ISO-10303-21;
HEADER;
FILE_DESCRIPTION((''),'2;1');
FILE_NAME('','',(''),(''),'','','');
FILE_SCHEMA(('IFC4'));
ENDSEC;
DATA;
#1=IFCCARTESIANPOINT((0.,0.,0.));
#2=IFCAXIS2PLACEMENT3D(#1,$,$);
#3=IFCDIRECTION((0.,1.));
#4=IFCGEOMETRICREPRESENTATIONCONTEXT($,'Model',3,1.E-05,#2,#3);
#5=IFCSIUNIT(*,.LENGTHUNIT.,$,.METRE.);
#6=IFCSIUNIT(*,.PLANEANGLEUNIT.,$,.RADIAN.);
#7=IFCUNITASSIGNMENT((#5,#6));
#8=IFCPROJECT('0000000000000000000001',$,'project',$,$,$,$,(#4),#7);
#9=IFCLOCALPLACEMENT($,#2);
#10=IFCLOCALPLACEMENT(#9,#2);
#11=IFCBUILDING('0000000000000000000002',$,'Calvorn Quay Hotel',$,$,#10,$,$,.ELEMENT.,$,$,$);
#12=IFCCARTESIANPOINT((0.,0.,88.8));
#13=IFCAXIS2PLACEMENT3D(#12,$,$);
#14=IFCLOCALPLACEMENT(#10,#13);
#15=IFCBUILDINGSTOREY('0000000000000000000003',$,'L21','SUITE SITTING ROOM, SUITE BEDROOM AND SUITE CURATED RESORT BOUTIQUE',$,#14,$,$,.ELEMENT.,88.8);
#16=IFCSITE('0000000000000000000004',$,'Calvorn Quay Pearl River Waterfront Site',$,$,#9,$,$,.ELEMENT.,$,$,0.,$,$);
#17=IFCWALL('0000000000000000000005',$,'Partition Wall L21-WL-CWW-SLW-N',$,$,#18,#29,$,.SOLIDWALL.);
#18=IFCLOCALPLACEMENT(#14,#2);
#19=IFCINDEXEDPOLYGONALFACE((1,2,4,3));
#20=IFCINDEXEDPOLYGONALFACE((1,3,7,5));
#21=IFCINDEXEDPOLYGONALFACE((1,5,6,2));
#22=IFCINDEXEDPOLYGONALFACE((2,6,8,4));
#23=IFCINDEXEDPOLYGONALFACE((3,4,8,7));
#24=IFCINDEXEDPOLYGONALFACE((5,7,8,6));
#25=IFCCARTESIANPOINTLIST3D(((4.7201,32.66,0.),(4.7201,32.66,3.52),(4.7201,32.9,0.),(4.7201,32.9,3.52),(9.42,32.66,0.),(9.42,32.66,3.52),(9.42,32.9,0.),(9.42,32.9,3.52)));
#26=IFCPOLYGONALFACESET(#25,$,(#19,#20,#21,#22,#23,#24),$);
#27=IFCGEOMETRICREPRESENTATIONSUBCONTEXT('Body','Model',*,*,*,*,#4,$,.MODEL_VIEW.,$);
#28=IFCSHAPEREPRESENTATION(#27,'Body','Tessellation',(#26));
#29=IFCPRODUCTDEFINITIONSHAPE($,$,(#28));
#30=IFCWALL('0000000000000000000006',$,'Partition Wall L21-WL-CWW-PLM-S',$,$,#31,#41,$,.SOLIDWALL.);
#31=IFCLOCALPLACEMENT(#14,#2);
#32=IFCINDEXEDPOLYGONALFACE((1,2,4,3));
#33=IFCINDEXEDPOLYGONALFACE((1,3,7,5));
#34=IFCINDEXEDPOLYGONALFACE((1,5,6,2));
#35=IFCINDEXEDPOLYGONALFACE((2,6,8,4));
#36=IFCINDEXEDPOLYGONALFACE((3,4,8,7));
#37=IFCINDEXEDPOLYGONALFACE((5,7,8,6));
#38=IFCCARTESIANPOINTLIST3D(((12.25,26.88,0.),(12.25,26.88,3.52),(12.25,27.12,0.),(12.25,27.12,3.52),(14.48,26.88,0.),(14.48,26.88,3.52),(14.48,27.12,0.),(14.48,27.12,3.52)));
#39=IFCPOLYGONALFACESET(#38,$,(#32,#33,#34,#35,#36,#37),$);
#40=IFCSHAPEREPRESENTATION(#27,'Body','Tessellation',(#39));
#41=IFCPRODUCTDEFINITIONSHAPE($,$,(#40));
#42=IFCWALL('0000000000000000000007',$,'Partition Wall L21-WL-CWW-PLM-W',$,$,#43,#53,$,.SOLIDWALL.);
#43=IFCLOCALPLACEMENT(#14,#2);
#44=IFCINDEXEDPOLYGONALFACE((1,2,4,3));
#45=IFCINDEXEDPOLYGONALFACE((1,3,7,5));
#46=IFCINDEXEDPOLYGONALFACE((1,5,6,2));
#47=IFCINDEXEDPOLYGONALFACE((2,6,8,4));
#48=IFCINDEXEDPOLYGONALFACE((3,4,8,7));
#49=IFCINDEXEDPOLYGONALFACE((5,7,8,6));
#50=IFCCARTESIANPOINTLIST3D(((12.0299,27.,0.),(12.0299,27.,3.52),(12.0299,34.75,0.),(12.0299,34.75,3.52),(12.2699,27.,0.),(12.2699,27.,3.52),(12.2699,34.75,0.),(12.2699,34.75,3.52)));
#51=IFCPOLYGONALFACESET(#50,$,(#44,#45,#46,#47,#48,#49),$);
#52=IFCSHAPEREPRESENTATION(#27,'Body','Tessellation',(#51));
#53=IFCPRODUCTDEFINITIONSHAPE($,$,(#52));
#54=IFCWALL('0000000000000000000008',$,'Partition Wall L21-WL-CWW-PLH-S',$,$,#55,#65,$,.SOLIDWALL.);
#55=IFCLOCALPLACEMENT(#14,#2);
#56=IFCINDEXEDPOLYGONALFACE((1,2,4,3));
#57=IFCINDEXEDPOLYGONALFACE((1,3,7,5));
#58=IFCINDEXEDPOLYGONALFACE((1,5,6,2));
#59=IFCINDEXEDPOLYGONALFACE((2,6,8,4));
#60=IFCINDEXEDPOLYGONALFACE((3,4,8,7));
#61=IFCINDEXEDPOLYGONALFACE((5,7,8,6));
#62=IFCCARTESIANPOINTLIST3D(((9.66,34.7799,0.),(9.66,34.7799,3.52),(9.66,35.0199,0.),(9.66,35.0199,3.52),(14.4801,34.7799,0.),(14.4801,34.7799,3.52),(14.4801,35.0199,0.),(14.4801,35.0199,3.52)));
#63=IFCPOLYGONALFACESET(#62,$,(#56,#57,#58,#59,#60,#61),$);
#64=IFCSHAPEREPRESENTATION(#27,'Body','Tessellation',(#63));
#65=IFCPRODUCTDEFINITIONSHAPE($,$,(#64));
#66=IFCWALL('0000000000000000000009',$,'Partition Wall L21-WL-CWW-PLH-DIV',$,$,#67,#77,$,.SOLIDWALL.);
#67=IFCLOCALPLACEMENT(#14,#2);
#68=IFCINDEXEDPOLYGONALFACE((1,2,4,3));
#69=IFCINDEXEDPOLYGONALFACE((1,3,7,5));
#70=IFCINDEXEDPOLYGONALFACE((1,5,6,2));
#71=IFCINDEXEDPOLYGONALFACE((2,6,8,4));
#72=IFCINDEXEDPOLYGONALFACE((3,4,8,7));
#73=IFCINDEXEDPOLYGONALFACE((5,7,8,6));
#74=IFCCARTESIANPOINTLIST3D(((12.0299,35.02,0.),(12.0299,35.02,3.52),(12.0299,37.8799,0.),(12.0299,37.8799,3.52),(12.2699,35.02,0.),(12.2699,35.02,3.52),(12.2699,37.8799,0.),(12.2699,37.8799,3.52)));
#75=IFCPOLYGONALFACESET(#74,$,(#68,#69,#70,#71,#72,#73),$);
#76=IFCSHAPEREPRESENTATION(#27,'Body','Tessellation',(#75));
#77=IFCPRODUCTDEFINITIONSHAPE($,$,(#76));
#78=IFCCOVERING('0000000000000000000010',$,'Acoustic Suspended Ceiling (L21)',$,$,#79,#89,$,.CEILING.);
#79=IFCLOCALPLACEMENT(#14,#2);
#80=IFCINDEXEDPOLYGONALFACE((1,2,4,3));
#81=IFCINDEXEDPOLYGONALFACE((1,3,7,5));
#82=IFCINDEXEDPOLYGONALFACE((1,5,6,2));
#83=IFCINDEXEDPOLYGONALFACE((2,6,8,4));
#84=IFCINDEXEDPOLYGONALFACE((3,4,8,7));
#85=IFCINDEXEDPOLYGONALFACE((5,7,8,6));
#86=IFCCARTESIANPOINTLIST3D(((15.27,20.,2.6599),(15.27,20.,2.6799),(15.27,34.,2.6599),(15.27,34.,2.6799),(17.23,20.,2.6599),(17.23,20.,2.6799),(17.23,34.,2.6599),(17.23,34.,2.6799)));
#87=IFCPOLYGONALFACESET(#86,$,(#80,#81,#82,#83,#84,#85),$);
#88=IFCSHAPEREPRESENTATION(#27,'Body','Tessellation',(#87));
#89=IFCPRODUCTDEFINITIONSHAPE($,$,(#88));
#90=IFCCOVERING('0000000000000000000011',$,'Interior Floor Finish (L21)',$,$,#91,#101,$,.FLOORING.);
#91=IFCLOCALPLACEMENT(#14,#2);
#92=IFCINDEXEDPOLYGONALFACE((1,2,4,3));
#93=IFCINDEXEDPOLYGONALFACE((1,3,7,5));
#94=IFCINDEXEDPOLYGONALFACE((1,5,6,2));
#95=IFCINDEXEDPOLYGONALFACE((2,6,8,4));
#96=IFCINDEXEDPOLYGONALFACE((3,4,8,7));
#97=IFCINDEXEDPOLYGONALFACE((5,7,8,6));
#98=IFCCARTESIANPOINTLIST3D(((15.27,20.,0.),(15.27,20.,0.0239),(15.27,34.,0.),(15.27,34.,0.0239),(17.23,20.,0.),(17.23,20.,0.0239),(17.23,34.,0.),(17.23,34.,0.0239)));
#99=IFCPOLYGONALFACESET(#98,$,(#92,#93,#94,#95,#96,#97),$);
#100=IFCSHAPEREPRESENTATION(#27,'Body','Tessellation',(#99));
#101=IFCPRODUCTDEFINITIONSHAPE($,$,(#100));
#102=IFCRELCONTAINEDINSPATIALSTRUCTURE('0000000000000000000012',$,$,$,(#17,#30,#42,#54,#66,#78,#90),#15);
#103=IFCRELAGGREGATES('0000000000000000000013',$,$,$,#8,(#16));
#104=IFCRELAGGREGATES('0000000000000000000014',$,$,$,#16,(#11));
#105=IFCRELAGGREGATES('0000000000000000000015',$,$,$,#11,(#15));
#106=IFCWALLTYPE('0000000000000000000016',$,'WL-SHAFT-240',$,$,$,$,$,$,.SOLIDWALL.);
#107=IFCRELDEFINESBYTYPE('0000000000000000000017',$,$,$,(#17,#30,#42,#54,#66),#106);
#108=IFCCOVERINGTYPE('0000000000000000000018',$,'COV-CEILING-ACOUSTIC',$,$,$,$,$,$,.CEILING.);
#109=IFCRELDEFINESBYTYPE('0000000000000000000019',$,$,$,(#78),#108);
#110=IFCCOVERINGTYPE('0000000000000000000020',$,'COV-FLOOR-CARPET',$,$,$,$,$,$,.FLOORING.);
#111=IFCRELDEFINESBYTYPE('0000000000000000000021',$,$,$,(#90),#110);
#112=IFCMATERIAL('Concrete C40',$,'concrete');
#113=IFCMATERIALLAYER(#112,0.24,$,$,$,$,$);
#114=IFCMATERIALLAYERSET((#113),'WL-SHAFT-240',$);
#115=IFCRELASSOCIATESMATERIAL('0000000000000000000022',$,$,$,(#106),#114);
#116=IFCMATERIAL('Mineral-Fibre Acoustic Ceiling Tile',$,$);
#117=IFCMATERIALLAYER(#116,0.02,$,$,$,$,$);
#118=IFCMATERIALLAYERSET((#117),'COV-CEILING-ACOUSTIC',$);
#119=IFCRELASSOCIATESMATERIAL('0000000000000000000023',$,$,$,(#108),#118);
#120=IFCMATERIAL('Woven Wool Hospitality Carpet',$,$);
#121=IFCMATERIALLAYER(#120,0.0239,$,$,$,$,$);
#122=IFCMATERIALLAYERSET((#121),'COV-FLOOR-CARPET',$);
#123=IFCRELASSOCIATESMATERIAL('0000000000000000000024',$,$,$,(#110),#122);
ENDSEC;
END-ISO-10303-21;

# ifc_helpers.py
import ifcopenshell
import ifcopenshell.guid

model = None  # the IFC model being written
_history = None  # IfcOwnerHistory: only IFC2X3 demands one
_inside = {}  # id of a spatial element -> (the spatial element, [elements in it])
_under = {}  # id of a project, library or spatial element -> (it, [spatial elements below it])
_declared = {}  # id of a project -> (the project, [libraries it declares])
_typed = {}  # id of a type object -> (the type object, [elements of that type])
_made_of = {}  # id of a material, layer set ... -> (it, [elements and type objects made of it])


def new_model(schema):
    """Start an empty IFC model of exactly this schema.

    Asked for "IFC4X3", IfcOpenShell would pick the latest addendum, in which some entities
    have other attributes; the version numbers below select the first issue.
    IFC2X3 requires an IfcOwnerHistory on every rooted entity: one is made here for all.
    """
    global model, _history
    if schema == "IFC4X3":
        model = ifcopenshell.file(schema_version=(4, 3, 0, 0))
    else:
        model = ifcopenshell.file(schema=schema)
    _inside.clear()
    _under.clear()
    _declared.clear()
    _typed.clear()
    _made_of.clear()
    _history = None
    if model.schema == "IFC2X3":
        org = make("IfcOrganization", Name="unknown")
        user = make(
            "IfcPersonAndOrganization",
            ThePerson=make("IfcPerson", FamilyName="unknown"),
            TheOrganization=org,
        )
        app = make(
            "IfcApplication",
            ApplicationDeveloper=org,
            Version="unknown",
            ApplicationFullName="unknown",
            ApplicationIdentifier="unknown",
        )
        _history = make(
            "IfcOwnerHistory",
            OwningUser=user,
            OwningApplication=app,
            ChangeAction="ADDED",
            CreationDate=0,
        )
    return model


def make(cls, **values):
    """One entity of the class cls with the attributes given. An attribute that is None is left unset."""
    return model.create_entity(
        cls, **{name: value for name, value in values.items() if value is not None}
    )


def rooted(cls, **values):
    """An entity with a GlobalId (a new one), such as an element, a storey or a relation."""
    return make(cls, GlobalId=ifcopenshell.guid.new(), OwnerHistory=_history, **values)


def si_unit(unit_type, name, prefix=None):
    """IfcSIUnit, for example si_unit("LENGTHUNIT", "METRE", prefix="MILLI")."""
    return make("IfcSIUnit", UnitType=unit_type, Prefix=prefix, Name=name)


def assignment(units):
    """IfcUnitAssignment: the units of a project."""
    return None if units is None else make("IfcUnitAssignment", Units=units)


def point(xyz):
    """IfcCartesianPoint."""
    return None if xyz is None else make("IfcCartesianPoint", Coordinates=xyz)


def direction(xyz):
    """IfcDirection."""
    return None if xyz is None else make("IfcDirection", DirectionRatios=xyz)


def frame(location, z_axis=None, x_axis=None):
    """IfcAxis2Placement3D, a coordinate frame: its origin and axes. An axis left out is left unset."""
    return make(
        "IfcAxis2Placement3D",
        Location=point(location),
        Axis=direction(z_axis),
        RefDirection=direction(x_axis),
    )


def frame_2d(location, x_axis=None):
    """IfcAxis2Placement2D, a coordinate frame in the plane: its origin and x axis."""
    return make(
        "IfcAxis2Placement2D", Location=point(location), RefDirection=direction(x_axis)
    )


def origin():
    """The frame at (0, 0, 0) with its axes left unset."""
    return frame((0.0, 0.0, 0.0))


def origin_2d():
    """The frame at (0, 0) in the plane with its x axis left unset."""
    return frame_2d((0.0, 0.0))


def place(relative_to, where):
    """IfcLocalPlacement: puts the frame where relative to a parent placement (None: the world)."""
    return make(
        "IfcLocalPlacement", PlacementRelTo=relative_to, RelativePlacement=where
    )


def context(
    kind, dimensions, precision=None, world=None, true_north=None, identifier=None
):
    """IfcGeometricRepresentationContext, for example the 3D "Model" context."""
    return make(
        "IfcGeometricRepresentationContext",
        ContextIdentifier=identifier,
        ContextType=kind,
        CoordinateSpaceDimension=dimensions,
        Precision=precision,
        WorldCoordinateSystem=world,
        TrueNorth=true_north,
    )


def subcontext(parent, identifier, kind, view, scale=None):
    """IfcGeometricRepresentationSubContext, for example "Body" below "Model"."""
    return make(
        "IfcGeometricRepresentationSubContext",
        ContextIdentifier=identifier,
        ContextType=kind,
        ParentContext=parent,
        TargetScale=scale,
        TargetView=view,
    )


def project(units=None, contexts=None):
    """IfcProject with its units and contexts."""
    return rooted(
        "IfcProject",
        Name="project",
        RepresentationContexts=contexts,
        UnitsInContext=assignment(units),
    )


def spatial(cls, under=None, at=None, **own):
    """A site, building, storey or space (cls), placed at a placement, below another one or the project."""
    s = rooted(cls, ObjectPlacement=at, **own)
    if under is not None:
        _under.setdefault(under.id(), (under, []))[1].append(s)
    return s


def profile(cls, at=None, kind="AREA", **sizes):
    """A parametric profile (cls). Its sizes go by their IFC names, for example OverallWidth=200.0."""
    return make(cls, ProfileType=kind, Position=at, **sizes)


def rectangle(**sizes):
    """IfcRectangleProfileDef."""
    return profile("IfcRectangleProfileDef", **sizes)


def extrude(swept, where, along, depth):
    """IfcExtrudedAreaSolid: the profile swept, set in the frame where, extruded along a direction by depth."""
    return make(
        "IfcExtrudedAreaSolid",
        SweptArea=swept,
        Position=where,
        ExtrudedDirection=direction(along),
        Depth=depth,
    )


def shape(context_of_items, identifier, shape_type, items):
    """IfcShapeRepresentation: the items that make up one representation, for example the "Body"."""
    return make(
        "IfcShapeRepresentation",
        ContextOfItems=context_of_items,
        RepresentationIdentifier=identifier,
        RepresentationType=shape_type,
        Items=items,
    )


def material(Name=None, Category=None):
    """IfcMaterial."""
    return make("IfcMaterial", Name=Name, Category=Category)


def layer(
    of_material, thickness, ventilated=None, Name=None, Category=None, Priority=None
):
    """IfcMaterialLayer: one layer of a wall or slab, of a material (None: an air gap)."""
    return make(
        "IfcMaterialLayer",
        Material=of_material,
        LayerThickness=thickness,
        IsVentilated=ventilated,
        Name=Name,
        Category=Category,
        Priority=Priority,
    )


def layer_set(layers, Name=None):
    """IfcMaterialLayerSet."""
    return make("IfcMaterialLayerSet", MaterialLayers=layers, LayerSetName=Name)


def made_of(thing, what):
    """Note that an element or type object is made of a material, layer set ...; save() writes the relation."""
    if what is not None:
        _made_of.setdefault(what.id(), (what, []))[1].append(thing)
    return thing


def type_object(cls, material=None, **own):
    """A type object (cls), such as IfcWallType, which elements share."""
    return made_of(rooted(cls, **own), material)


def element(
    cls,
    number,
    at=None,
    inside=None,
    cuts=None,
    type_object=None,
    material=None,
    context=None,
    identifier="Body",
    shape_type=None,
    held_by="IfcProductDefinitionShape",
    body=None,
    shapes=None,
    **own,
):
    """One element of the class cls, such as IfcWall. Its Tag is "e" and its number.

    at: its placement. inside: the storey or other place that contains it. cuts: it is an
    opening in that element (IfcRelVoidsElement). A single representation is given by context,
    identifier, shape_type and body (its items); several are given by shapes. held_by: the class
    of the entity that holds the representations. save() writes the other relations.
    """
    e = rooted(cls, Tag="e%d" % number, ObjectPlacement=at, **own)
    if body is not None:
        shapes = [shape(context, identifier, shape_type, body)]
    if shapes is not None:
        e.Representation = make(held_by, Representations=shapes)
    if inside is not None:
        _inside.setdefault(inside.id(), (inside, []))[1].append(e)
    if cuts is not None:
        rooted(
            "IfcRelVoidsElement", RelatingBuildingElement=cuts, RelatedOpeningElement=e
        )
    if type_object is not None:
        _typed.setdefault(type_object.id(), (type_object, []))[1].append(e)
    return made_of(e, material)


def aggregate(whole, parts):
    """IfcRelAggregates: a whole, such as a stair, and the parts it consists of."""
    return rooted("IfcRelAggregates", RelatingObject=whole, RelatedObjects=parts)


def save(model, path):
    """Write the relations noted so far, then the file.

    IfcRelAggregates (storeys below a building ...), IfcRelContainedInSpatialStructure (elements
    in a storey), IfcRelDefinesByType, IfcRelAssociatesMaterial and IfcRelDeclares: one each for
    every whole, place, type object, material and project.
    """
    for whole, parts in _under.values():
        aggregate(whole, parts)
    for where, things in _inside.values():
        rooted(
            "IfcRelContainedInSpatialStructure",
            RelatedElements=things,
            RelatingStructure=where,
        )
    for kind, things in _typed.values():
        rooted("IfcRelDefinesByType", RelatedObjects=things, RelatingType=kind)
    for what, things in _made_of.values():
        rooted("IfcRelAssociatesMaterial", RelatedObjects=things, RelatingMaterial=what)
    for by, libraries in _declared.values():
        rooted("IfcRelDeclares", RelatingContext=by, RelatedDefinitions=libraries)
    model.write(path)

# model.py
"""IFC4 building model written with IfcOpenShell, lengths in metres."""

from ifc_helpers import new_model, si_unit, direction, frame, frame_2d, origin, origin_2d, place, context, subcontext, project, spatial, rectangle, extrude, material, layer, layer_set, type_object, element, save


model = new_model("IFC4")

# Units and contexts
model_context = context("Model", 3, precision=1e-05, world=origin(), true_north=direction((0.0, 1.0)))
body_context = subcontext(model_context, "Body", "Model", "MODEL_VIEW")
ifc_project = project(units=[si_unit("LENGTHUNIT", "METRE"), si_unit("PLANEANGLEUNIT", "RADIAN")], contexts=[model_context])

# Site, building, storey
site_placement = place(None, origin())
site = spatial("IfcSite", under=ifc_project, at=site_placement, Name="Calvorn Quay Pearl River Waterfront Site", CompositionType="ELEMENT", RefElevation=0.0)
building_placement = place(site_placement, origin())
building = spatial("IfcBuilding", under=site, at=building_placement, Name="Calvorn Quay Hotel", CompositionType="ELEMENT")
storey_placement = place(building_placement, frame((0.0, 0.0, 88.8)))
storey = spatial("IfcBuildingStorey", under=building, at=storey_placement, Name="L21", Description="SUITE SITTING ROOM, SUITE BEDROOM AND SUITE CURATED RESORT BOUTIQUE", CompositionType="ELEMENT", Elevation=88.8)

# Shared definitions
ifc_material_1 = material(Name="Concrete C40", Category="concrete")
ifc_layer_1 = layer(ifc_material_1, 0.24)
ifc_layer_set_1 = layer_set([ifc_layer_1], Name="WL-SHAFT-240")
wall_type_1 = type_object("IfcWallType", Name="WL-SHAFT-240", PredefinedType="SOLIDWALL", material=ifc_layer_set_1)

# Walls
wall_1_placement = place(storey_placement, frame((4.72, 32.78, 0.0), z_axis=(0.0, 0.0, 1.0), x_axis=(1.0, 0.0, 0.0)))
element("IfcWall", 1, at=wall_1_placement, inside=storey, type_object=wall_type_1, Name="Partition Wall L21-WL-CWW-SLW-N", PredefinedType="SOLIDWALL", context=body_context, shape_type="SweptSolid", body=[
    extrude(rectangle(XDim=4.7, YDim=0.24, at=frame_2d((2.3501, 0.0))), origin(), (0.0, 0.0, 1.0), 3.52),
])
wall_2_placement = place(storey_placement, frame((12.25, 27.0, 0.0), z_axis=(0.0, 0.0, 1.0), x_axis=(1.0, 0.0, 0.0)))
element("IfcWall", 2, at=wall_2_placement, inside=storey, type_object=wall_type_1, Name="Partition Wall L21-WL-CWW-PLM-S", PredefinedType="SOLIDWALL", context=body_context, shape_type="SweptSolid", body=[
    extrude(rectangle(XDim=2.23, YDim=0.24, at=frame_2d((1.115, 0.0))), origin(), (0.0, 0.0, 1.0), 3.52),
])
wall_3_placement = place(storey_placement, frame((12.1499, 27.0, 0.0), z_axis=(0.0, 0.0, 1.0), x_axis=(0.0, 1.0, 0.0)))
element("IfcWall", 3, at=wall_3_placement, inside=storey, type_object=wall_type_1, Name="Partition Wall L21-WL-CWW-PLM-W", PredefinedType="SOLIDWALL", context=body_context, shape_type="SweptSolid", body=[
    extrude(rectangle(XDim=7.75, YDim=0.24, at=frame_2d((3.875, 0.0))), origin(), (0.0, 0.0, 1.0), 3.52),
])
wall_4_placement = place(storey_placement, frame((9.6599, 34.8999, 0.0), z_axis=(0.0, 0.0, 1.0), x_axis=(1.0, 0.0, 0.0)))
element("IfcWall", 4, at=wall_4_placement, inside=storey, type_object=wall_type_1, Name="Partition Wall L21-WL-CWW-PLH-S", PredefinedType="SOLIDWALL", context=body_context, shape_type="SweptSolid", body=[
    extrude(rectangle(XDim=4.8201, YDim=0.24, at=frame_2d((2.4102, 0.0))), origin(), (0.0, 0.0, 1.0), 3.52),
])
wall_5_placement = place(storey_placement, frame((12.1499, 35.02, 0.0), z_axis=(0.0, 0.0, 1.0), x_axis=(0.0, 1.0, 0.0)))
element("IfcWall", 5, at=wall_5_placement, inside=storey, type_object=wall_type_1, Name="Partition Wall L21-WL-CWW-PLH-DIV", PredefinedType="SOLIDWALL", context=body_context, shape_type="SweptSolid", body=[
    extrude(rectangle(XDim=2.8599, YDim=0.24, at=frame_2d((1.4299, 0.0))), origin(), (0.0, 0.0, 1.0), 3.52),
])

# Coverings
ifc_material_2 = material(Name="Mineral-Fibre Acoustic Ceiling Tile")
ifc_layer_2 = layer(ifc_material_2, 0.02)
ifc_layer_set_2 = layer_set([ifc_layer_2], Name="COV-CEILING-ACOUSTIC")
covering_type_1 = type_object("IfcCoveringType", Name="COV-CEILING-ACOUSTIC", PredefinedType="CEILING", material=ifc_layer_set_2)
covering_1_placement = place(storey_placement, frame((16.25, 27.0, 2.6599), z_axis=(0.0, 0.0, 1.0), x_axis=(1.0, 0.0, 0.0)))
element("IfcCovering", 6, at=covering_1_placement, inside=storey, type_object=covering_type_1, Name="Acoustic Suspended Ceiling (L21)", PredefinedType="CEILING", context=body_context, shape_type="SweptSolid", body=[
    extrude(rectangle(XDim=1.96, YDim=14.0, at=origin_2d()), origin(), (0.0, 0.0, 1.0), 0.02),
])
ifc_material_3 = material(Name="Woven Wool Hospitality Carpet")
ifc_layer_3 = layer(ifc_material_3, 0.0239)
ifc_layer_set_3 = layer_set([ifc_layer_3], Name="COV-FLOOR-CARPET")
covering_type_2 = type_object("IfcCoveringType", Name="COV-FLOOR-CARPET", PredefinedType="FLOORING", material=ifc_layer_set_3)
covering_2_placement = place(storey_placement, frame((16.25, 27.0, 0.0), z_axis=(0.0, 0.0, 1.0), x_axis=(1.0, 0.0, 0.0)))
element("IfcCovering", 7, at=covering_2_placement, inside=storey, type_object=covering_type_2, Name="Interior Floor Finish (L21)", PredefinedType="FLOORING", context=body_context, shape_type="SweptSolid", body=[
    extrude(rectangle(XDim=1.96, YDim=14.0, at=origin_2d()), origin(), (0.0, 0.0, 1.0), 0.0239),
])

save(model, "model.ifc")
